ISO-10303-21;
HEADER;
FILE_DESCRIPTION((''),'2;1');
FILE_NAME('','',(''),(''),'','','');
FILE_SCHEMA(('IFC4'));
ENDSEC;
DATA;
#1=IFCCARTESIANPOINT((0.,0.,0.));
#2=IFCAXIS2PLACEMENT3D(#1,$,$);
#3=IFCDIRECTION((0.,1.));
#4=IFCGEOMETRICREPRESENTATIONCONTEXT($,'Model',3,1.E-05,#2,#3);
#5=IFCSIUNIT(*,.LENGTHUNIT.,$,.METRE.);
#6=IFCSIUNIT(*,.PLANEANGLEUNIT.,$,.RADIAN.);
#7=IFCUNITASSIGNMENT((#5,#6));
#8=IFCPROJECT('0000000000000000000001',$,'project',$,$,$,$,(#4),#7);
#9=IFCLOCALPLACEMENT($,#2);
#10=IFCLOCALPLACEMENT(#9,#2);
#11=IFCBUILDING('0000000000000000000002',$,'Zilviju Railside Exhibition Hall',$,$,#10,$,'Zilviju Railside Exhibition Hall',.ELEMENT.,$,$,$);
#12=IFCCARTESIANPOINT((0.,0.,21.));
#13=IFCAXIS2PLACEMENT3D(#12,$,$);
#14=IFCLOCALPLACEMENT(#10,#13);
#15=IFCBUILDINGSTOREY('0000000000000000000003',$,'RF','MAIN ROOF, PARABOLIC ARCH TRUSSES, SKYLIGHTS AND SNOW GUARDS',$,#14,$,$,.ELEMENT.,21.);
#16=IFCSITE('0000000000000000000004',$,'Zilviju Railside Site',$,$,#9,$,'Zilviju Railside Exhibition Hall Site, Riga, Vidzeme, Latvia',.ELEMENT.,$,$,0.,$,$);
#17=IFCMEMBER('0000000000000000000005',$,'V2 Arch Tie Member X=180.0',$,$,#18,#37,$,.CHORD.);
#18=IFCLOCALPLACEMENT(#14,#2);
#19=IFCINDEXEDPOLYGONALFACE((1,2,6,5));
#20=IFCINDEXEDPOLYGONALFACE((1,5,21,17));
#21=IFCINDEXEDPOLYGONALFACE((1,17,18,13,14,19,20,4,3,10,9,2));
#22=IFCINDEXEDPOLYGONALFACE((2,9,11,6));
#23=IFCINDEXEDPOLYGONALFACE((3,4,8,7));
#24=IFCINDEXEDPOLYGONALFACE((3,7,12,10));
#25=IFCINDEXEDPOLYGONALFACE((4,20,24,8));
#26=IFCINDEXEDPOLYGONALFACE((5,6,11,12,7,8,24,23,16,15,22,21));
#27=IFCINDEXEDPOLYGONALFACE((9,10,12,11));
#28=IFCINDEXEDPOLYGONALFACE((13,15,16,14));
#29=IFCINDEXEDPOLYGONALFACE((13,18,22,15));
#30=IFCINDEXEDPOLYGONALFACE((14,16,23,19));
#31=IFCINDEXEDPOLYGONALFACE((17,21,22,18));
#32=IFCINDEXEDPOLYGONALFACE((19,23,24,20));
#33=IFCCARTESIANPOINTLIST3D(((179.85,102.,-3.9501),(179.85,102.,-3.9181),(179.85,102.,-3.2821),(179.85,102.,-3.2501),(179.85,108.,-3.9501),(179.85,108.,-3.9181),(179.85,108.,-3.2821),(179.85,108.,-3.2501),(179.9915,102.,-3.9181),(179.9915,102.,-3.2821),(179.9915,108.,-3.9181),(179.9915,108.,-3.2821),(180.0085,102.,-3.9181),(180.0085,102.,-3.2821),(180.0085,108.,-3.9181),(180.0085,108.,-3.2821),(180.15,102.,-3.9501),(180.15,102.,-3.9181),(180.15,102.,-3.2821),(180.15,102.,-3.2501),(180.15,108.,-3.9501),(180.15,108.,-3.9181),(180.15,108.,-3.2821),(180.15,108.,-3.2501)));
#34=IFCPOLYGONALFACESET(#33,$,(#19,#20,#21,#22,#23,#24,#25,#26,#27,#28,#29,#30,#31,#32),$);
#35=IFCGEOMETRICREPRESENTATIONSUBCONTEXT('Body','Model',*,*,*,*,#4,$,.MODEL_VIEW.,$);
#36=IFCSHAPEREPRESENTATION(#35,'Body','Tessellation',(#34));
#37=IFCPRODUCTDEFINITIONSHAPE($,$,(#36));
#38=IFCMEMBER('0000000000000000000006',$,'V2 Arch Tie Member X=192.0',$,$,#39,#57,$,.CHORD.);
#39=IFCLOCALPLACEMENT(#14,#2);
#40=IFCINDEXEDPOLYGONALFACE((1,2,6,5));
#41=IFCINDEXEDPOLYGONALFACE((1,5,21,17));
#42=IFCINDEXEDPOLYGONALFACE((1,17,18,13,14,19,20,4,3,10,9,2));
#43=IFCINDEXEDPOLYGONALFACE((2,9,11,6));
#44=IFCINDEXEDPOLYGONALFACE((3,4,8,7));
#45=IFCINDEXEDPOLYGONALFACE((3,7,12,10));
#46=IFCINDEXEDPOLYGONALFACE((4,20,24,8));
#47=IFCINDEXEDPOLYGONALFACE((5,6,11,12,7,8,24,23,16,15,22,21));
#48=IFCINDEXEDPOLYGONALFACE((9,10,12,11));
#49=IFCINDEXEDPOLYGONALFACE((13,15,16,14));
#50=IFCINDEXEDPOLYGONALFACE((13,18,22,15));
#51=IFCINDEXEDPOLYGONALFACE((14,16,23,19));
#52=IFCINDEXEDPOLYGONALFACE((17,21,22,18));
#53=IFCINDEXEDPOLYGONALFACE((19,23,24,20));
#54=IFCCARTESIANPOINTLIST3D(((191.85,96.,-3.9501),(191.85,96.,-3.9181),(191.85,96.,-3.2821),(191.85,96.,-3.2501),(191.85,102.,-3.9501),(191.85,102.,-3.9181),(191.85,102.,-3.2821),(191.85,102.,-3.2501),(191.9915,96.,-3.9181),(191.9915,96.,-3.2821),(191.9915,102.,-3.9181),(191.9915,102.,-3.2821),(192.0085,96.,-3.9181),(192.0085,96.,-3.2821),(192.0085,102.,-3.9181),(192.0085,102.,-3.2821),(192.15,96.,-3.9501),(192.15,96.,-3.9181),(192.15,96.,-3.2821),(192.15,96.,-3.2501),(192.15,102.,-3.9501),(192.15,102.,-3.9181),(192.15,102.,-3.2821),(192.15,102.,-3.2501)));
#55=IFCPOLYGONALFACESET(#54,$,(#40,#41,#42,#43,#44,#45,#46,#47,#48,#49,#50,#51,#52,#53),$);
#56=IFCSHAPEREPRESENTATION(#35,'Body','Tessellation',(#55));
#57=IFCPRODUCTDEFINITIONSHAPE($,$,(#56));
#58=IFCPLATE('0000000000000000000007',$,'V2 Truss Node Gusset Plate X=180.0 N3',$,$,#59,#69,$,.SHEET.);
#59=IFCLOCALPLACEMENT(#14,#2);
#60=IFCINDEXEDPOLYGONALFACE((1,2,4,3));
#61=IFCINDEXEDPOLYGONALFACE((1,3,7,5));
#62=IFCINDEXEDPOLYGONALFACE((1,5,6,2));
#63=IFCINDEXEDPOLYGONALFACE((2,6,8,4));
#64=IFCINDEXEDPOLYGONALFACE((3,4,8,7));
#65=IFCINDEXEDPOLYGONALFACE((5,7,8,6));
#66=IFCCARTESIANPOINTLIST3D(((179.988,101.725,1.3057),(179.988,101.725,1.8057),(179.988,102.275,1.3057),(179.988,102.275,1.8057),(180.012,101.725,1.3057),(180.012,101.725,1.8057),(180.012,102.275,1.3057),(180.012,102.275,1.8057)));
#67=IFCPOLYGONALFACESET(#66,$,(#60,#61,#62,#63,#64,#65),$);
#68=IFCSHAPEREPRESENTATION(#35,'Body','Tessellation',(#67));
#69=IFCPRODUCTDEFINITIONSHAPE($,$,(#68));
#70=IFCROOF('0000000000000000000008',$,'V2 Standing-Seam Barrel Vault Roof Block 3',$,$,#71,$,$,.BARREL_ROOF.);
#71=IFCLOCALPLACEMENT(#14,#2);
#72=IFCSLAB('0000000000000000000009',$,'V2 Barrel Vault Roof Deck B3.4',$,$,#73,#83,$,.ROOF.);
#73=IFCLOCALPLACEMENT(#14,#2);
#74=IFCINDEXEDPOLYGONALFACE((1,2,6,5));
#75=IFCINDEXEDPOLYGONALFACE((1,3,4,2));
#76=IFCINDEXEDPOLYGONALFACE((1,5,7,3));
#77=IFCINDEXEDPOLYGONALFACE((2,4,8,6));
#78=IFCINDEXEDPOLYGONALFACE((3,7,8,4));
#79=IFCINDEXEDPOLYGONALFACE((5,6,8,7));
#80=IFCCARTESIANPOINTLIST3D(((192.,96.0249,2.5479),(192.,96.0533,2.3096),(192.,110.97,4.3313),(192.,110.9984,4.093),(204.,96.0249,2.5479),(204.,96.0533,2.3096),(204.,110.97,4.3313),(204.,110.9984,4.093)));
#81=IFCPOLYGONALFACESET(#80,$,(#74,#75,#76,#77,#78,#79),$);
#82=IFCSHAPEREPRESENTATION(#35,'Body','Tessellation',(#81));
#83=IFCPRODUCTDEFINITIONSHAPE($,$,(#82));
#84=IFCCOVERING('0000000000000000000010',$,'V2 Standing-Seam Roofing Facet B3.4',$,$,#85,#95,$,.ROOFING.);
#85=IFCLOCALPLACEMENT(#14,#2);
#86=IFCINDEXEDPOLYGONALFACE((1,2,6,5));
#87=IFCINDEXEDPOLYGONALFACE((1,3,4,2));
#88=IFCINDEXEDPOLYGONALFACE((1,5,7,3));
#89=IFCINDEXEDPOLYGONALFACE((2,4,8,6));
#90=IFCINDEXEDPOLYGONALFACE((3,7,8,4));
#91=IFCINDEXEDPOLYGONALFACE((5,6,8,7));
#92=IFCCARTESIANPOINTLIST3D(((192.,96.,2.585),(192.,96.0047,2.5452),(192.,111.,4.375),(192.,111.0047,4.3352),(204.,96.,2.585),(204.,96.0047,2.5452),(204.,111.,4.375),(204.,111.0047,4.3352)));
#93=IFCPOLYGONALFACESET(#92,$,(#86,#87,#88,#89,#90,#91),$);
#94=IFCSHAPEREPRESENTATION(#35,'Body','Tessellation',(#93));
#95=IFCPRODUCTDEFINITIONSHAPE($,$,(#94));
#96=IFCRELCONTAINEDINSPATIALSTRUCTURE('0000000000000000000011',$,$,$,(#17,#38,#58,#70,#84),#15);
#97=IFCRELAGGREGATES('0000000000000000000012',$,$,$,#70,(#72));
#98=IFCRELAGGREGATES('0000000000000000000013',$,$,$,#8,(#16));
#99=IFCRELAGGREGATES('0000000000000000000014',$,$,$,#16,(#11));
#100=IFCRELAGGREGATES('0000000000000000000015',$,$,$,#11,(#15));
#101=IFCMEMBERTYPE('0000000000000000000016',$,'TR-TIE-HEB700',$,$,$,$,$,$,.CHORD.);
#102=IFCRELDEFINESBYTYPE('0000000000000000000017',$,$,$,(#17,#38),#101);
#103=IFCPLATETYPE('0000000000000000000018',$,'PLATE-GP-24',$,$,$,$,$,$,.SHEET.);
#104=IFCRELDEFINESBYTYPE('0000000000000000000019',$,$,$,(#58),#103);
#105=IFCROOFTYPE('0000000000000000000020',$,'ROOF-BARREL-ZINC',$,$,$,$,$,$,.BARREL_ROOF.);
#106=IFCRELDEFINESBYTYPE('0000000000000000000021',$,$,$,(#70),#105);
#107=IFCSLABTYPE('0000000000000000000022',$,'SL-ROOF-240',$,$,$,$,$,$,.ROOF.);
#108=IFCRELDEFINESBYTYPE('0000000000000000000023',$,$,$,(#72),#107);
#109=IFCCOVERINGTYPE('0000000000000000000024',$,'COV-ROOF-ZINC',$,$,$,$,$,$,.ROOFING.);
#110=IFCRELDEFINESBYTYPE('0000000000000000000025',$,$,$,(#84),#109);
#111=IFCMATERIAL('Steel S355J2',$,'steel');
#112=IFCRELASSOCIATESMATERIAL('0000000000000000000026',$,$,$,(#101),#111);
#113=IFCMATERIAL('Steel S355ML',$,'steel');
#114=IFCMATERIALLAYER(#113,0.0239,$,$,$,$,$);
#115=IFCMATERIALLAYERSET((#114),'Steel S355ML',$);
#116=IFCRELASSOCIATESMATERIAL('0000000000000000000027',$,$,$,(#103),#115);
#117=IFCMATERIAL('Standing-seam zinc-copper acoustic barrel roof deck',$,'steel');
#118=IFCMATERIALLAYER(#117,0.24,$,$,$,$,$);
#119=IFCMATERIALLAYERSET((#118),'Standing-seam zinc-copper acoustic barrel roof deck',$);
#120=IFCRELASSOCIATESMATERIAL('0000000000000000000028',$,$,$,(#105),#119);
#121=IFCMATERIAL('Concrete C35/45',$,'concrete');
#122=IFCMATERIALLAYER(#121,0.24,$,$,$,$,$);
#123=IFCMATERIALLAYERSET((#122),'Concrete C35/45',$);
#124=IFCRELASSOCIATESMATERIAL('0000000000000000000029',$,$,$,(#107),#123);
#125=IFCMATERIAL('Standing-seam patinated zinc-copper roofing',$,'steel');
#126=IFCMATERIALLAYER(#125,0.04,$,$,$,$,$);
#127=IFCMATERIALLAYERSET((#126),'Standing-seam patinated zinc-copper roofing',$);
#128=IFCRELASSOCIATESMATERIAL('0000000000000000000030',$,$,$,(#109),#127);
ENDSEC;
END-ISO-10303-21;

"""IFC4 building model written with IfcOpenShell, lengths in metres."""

from ifc_helpers import new_model, si_unit, direction, frame, origin, origin_2d, place, context, subcontext, project, spatial, polyline, rectangle, i_section, outline, extrude, material, layer, layer_set, material_profile, profile_set, type_object, element, aggregate, save


model = new_model("IFC4")

# Units and contexts
model_context = context("Model", 3, precision=1e-05, world=origin(), true_north=direction((0.0, 1.0)))
body_context = subcontext(model_context, "Body", "Model", "MODEL_VIEW")
ifc_project = project(units=[si_unit("LENGTHUNIT", "METRE"), si_unit("PLANEANGLEUNIT", "RADIAN")], contexts=[model_context])

# Site, building, storey
site_placement = place(None, origin())
site = spatial("IfcSite", under=ifc_project, at=site_placement, Name="Zilviju Railside Site", LongName="Zilviju Railside Exhibition Hall Site, Riga, Vidzeme, Latvia", CompositionType="ELEMENT", RefElevation=0.0)
building_placement = place(site_placement, origin())
building = spatial("IfcBuilding", under=site, at=building_placement, Name="Zilviju Railside Exhibition Hall", LongName="Zilviju Railside Exhibition Hall", CompositionType="ELEMENT")
storey_placement = place(building_placement, frame((0.0, 0.0, 21.0)))
storey = spatial("IfcBuildingStorey", under=building, at=storey_placement, Name="RF", Description="MAIN ROOF, PARABOLIC ARCH TRUSSES, SKYLIGHTS AND SNOW GUARDS", CompositionType="ELEMENT", Elevation=21.0)

# Members
ifc_material_1 = material(Name="Steel S355J2", Category="steel")
ifc_material_profile_1 = material_profile(ifc_material_1, i_section(OverallWidth=0.3, OverallDepth=0.7, WebThickness=0.0171, FlangeThickness=0.032, at=origin_2d()), Name="HEB 700")
ifc_profile_set_1 = profile_set([ifc_material_profile_1], Name="Steel S355J2")
member_type_1 = type_object("IfcMemberType", Name="TR-TIE-HEB700", PredefinedType="CHORD", material=ifc_profile_set_1)
for number, where, z_axis, x_axis, name in (
    (1, (180.0, 102.0, -3.6001), (0.0, 1.0, 0.0), (-1.0, 0.0, 0.0), "V2 Arch Tie Member X=180.0"),
    (2, (192.0, 96.0, -3.6001), (0.0, 1.0, 0.0), (-1.0, 0.0, 0.0), "V2 Arch Tie Member X=192.0"),
):
    element("IfcMember", number, at=place(storey_placement, frame(where, z_axis=z_axis, x_axis=x_axis)), inside=storey, type_object=member_type_1, Name=name, PredefinedType="CHORD", context=body_context, shape_type="SweptSolid", body=[
        extrude(i_section(OverallWidth=0.3, OverallDepth=0.7, WebThickness=0.0171, FlangeThickness=0.032, at=origin_2d()), origin(), (0.0, 0.0, 1.0), 6.0),
    ])

# Plate
ifc_material_2 = material(Name="Steel S355ML", Category="steel")
ifc_layer_1 = layer(ifc_material_2, 0.0239)
ifc_layer_set_1 = layer_set([ifc_layer_1], Name="Steel S355ML")
plate_type = type_object("IfcPlateType", Name="PLATE-GP-24", PredefinedType="SHEET", material=ifc_layer_set_1)
plate_placement = place(storey_placement, frame((180.0, 102.0, 1.3057), z_axis=(0.0, 0.0, 1.0), x_axis=(1.0, 0.0, 0.0)))
element("IfcPlate", 3, at=plate_placement, inside=storey, type_object=plate_type, Name="V2 Truss Node Gusset Plate X=180.0 N3", PredefinedType="SHEET", context=body_context, shape_type="SweptSolid", body=[
    extrude(rectangle(XDim=0.0239, YDim=0.55, at=origin_2d()), origin(), (0.0, 0.0, 1.0), 0.5),
])

# Roof, slab
ifc_material_3 = material(Name="Standing-seam zinc-copper acoustic barrel roof deck", Category="steel")
ifc_layer_2 = layer(ifc_material_3, 0.24)
ifc_layer_set_2 = layer_set([ifc_layer_2], Name="Standing-seam zinc-copper acoustic barrel roof deck")
roof_type = type_object("IfcRoofType", Name="ROOF-BARREL-ZINC", PredefinedType="BARREL_ROOF", material=ifc_layer_set_2)
roof_placement = place(storey_placement, origin())
roof = element("IfcRoof", 4, at=roof_placement, inside=storey, type_object=roof_type, Name="V2 Standing-Seam Barrel Vault Roof Block 3", PredefinedType="BARREL_ROOF")
ifc_material_4 = material(Name="Concrete C35/45", Category="concrete")
ifc_layer_3 = layer(ifc_material_4, 0.24)
ifc_layer_set_3 = layer_set([ifc_layer_3], Name="Concrete C35/45")
slab_type = type_object("IfcSlabType", Name="SL-ROOF-240", PredefinedType="ROOF", material=ifc_layer_set_3)
slab_placement = place(storey_placement, frame((192.0, 96.0249, 2.5479), z_axis=(0.0, -0.118493, 0.992955), x_axis=(1.0, 0.0, 0.0)))
slab = element("IfcSlab", 5, at=slab_placement, type_object=slab_type, Name="V2 Barrel Vault Roof Deck B3.4", PredefinedType="ROOF", context=body_context, shape_type="SweptSolid", body=[
    extrude(outline(polyline([(0.0, 0.0), (12.0, 0.0), (12.0, 15.0511), (0.0, 15.0511), (0.0, 0.0)])), origin(), (0.0, 0.0, -1.0), 0.24),
])
aggregate(roof, [slab])

# Covering
ifc_material_5 = material(Name="Standing-seam patinated zinc-copper roofing", Category="steel")
ifc_layer_4 = layer(ifc_material_5, 0.04)
ifc_layer_set_4 = layer_set([ifc_layer_4], Name="Standing-seam patinated zinc-copper roofing")
covering_type = type_object("IfcCoveringType", Name="COV-ROOF-ZINC", PredefinedType="ROOFING", material=ifc_layer_set_4)
covering_placement = place(storey_placement, frame((192.0, 96.0, 2.585), z_axis=(0.0, -0.118495, 0.992955), x_axis=(1.0, 0.0, 0.0)))
element("IfcCovering", 6, at=covering_placement, inside=storey, type_object=covering_type, Name="V2 Standing-Seam Roofing Facet B3.4", PredefinedType="ROOFING", context=body_context, shape_type="SweptSolid", body=[
    extrude(outline(polyline([(0.0, 0.0), (12.0, 0.0), (12.0, 15.1064), (0.0, 15.1064), (0.0, 0.0)])), origin(), (0.0, 0.0, -1.0), 0.04),
])

save(model, "model.ifc")
